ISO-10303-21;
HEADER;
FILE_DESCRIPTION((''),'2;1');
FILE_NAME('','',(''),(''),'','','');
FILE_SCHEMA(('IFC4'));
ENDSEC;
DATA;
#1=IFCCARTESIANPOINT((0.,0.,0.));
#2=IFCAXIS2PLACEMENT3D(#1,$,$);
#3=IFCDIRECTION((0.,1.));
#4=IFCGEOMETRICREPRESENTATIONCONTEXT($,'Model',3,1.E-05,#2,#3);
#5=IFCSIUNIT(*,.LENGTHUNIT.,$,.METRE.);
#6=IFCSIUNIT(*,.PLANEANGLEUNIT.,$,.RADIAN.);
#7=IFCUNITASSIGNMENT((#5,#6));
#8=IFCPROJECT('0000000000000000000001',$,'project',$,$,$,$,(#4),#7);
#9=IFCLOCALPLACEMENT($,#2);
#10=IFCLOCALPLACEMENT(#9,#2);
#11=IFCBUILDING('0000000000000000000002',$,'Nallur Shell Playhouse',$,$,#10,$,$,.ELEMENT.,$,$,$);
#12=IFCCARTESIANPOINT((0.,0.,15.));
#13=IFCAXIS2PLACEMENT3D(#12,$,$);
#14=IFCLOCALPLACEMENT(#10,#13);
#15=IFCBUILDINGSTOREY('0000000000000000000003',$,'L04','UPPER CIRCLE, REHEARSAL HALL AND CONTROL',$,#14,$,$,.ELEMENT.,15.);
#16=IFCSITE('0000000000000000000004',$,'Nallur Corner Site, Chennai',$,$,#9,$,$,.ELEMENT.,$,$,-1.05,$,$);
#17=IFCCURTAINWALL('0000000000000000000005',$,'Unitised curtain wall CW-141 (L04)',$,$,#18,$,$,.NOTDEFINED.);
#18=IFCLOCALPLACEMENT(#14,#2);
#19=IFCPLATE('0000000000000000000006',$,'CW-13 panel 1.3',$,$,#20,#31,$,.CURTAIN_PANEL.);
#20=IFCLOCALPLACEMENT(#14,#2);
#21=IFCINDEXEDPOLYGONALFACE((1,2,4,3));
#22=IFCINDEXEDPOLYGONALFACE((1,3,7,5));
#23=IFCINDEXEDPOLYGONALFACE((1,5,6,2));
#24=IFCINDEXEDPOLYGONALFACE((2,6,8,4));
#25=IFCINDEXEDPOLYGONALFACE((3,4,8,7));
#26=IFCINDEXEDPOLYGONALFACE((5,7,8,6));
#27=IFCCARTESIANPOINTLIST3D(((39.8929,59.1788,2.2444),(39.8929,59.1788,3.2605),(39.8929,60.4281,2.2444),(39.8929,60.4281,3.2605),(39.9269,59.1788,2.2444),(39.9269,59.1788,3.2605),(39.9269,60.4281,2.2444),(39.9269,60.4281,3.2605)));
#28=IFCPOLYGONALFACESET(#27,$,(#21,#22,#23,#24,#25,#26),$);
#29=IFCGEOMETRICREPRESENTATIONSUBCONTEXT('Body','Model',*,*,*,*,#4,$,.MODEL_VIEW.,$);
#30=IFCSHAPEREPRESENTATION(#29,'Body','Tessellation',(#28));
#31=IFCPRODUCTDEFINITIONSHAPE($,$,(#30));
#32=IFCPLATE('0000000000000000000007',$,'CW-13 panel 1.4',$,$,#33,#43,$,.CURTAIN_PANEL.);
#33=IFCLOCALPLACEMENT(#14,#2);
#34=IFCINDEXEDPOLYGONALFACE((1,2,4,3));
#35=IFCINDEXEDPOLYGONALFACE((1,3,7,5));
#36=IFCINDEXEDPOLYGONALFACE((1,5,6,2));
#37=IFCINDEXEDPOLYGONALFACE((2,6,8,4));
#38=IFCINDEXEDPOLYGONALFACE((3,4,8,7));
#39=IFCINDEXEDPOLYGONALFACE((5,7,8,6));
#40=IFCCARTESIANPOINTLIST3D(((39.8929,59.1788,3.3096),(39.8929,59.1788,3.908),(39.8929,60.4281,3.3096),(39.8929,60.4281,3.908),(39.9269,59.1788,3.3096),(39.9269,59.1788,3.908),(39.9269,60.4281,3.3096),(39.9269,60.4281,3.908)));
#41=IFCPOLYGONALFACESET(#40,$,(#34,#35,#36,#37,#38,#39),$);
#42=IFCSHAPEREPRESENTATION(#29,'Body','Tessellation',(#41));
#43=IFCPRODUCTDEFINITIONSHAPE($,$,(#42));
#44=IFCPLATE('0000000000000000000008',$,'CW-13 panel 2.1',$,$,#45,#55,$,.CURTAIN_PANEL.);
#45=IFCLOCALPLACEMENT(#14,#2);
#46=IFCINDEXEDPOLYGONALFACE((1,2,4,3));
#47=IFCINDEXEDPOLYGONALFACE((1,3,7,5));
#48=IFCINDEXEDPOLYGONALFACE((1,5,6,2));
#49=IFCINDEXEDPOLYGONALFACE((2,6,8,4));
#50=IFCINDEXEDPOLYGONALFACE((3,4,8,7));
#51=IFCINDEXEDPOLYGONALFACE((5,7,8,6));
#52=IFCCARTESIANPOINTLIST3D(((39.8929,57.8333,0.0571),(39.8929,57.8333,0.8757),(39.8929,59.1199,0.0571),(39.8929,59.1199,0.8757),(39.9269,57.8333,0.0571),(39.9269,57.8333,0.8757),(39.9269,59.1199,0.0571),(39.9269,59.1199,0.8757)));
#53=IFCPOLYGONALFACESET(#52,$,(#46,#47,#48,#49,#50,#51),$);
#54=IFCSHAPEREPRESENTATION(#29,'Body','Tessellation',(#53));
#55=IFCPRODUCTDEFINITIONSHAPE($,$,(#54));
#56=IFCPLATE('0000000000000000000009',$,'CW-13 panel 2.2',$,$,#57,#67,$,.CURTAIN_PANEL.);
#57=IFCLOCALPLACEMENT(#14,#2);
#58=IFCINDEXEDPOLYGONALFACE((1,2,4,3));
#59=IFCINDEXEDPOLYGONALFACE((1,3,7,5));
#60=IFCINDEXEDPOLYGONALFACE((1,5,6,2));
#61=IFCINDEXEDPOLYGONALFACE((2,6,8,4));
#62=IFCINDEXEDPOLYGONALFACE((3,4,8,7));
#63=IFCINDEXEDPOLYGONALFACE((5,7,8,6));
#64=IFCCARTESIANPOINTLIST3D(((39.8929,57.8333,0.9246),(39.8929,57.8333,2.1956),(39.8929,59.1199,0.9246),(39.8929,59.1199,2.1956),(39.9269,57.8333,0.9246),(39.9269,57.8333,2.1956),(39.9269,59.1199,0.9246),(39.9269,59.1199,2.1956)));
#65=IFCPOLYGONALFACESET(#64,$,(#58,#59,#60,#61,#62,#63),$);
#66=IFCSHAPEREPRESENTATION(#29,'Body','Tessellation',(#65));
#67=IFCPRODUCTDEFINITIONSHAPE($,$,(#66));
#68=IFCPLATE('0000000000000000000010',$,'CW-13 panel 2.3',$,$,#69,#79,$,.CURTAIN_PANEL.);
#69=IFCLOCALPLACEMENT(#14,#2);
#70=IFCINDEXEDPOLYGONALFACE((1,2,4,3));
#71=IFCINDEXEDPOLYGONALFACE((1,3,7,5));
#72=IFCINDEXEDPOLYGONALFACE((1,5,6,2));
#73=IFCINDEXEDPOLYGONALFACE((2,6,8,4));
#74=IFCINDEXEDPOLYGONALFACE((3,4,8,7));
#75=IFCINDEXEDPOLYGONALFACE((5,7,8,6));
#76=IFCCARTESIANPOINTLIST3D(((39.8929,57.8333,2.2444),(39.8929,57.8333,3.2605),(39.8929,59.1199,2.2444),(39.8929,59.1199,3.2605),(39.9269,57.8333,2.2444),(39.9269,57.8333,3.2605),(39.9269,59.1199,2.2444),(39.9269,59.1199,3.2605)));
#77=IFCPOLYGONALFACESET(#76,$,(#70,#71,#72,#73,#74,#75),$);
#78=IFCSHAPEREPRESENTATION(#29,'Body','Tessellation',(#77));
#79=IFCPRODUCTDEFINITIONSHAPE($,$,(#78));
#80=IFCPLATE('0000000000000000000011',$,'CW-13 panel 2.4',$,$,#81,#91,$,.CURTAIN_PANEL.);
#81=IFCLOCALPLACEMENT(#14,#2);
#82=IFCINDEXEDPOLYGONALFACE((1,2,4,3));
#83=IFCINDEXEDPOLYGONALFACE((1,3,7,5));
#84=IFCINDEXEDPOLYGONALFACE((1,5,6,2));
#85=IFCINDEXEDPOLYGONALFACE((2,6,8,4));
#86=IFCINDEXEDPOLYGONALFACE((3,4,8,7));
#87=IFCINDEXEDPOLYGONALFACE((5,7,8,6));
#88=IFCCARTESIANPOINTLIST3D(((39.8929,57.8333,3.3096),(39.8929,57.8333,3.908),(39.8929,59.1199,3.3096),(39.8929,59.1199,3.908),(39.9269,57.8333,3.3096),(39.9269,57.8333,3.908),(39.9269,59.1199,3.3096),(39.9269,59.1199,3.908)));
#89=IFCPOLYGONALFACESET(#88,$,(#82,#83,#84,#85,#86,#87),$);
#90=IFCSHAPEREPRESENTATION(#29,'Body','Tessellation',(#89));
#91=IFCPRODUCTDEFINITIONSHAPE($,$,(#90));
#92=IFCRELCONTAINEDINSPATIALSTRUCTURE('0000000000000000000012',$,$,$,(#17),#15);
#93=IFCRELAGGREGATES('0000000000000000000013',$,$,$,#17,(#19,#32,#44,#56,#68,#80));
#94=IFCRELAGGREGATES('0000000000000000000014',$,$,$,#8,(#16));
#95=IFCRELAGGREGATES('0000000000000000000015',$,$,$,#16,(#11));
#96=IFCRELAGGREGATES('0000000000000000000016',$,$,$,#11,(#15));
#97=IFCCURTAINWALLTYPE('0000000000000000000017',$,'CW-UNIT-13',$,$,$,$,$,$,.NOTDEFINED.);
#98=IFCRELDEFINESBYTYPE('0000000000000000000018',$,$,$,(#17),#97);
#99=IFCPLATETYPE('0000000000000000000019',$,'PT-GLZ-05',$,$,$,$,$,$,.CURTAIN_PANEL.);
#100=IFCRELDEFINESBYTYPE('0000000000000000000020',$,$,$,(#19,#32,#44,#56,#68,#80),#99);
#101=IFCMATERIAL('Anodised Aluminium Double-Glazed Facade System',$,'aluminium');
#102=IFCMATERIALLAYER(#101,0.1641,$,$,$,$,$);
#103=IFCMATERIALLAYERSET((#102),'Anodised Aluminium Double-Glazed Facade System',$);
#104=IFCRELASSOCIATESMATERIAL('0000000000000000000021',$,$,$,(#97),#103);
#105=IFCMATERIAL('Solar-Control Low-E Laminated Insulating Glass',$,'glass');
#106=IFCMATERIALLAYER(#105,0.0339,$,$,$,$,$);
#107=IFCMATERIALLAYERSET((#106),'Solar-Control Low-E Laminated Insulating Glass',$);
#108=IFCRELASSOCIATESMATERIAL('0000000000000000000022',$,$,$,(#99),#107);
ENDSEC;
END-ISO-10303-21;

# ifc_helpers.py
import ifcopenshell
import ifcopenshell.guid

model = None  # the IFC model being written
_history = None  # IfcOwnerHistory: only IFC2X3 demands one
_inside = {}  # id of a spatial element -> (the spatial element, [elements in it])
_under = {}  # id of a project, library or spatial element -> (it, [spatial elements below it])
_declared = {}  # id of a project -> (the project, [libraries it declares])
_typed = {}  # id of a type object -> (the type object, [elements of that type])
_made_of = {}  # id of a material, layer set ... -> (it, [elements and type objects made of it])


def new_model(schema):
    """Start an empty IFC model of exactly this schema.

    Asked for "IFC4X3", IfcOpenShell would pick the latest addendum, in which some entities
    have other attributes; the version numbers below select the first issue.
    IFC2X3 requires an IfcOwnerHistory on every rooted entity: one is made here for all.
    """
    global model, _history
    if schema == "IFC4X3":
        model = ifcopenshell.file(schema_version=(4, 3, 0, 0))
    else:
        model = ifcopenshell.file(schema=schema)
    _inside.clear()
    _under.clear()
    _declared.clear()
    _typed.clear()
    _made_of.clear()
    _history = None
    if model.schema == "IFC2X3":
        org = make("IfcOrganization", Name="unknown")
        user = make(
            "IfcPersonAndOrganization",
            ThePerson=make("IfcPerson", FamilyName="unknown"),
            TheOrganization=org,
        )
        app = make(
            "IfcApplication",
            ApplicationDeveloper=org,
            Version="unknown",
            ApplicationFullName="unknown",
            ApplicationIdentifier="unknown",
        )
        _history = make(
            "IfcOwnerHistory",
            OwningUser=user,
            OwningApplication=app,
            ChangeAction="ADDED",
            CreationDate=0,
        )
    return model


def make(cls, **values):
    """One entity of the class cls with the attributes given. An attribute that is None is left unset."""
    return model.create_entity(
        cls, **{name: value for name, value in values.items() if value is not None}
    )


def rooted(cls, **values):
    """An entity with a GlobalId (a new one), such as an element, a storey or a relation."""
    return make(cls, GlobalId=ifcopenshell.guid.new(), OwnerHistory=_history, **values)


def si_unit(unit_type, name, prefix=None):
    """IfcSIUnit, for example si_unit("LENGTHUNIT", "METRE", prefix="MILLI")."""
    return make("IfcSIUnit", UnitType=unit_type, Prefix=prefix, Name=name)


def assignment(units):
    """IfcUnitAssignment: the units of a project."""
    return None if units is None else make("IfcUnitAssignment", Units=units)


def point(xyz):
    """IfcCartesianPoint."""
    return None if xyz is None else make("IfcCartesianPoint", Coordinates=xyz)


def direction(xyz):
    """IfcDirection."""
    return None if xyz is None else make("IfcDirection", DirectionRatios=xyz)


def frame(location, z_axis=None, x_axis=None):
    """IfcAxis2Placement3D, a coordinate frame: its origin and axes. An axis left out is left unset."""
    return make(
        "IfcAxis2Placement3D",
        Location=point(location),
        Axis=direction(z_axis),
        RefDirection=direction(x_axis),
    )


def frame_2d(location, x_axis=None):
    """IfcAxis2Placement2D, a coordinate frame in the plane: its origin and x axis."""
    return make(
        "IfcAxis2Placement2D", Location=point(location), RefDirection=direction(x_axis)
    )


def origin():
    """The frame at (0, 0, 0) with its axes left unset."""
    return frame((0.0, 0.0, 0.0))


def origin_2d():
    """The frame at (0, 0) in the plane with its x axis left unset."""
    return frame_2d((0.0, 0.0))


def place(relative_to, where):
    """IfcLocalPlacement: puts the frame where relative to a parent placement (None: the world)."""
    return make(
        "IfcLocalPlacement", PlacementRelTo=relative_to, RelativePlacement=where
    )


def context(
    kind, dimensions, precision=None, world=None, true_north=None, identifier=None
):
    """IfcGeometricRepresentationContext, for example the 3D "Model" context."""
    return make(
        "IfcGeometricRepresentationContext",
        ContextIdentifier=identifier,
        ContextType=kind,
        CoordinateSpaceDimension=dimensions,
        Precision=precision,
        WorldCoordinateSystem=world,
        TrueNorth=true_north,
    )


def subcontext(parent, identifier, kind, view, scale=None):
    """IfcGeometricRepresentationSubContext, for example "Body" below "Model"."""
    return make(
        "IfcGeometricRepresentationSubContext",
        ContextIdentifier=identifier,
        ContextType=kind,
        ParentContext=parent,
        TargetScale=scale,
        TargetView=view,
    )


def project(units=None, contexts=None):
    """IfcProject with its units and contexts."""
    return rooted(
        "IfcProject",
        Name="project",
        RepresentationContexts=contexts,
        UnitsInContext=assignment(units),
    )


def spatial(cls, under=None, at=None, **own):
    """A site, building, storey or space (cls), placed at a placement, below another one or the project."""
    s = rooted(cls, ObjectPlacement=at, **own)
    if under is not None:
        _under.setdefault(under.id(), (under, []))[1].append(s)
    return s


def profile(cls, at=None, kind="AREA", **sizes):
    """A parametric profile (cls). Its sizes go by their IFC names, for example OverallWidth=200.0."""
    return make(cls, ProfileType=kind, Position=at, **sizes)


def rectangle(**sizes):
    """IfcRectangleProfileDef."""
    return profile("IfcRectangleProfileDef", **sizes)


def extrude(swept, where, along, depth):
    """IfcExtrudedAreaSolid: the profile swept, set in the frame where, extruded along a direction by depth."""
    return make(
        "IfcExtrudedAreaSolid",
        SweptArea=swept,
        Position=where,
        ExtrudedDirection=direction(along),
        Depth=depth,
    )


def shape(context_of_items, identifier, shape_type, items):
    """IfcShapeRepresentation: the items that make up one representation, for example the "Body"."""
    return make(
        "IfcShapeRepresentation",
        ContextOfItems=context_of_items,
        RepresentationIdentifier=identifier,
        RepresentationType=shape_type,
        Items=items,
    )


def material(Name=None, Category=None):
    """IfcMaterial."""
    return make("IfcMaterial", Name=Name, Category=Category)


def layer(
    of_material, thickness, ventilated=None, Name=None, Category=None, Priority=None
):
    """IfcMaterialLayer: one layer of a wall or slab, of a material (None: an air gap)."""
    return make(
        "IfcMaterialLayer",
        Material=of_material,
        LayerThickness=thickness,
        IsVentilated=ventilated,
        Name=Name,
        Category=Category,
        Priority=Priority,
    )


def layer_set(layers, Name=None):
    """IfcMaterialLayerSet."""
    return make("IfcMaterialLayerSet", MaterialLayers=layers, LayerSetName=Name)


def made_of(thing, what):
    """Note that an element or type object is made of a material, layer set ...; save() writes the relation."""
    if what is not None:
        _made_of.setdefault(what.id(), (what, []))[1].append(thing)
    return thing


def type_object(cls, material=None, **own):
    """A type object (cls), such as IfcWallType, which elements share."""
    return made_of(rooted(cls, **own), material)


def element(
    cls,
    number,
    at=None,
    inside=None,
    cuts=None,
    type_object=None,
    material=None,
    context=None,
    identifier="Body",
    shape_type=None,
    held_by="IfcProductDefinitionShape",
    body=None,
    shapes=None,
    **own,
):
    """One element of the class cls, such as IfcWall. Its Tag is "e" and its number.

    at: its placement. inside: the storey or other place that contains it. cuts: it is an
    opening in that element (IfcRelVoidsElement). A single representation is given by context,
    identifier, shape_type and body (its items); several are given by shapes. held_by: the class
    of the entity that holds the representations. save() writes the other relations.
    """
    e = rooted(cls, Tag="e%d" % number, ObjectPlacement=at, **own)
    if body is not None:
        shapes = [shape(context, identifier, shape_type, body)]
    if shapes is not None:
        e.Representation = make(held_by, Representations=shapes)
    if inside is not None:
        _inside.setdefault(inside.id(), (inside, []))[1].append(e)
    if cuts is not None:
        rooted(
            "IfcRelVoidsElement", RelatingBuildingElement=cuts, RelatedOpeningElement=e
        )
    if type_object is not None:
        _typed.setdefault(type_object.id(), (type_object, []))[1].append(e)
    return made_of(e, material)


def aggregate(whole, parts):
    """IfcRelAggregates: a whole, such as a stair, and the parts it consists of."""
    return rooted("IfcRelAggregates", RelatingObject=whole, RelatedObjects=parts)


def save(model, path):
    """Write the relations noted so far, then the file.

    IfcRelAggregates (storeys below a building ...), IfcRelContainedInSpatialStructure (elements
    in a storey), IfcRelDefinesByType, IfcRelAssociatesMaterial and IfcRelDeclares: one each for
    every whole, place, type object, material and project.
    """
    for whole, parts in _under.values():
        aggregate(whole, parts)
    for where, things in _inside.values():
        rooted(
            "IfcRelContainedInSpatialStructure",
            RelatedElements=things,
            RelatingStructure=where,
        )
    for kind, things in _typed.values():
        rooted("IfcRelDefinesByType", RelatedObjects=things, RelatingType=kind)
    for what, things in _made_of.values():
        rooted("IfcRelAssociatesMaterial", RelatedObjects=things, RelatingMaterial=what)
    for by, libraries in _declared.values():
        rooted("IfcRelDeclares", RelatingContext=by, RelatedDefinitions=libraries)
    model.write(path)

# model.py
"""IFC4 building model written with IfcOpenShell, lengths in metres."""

from ifc_helpers import new_model, si_unit, direction, frame, origin, origin_2d, place, context, subcontext, project, spatial, rectangle, extrude, material, layer, layer_set, type_object, element, aggregate, save


model = new_model("IFC4")

# Units and contexts
model_context = context("Model", 3, precision=1e-05, world=origin(), true_north=direction((0.0, 1.0)))
body_context = subcontext(model_context, "Body", "Model", "MODEL_VIEW")
ifc_project = project(units=[si_unit("LENGTHUNIT", "METRE"), si_unit("PLANEANGLEUNIT", "RADIAN")], contexts=[model_context])

# Site, building, storey
site_placement = place(None, origin())
site = spatial("IfcSite", under=ifc_project, at=site_placement, Name="Nallur Corner Site, Chennai", CompositionType="ELEMENT", RefElevation=-1.05)
building_placement = place(site_placement, origin())
building = spatial("IfcBuilding", under=site, at=building_placement, Name="Nallur Shell Playhouse", CompositionType="ELEMENT")
storey_placement = place(building_placement, frame((0.0, 0.0, 15.0)))
storey = spatial("IfcBuildingStorey", under=building, at=storey_placement, Name="L04", Description="UPPER CIRCLE, REHEARSAL HALL AND CONTROL", CompositionType="ELEMENT", Elevation=15.0)

# Curtain wall
ifc_material_1 = material(Name="Anodised Aluminium Double-Glazed Facade System", Category="aluminium")
ifc_layer_1 = layer(ifc_material_1, 0.1641)
ifc_layer_set_1 = layer_set([ifc_layer_1], Name="Anodised Aluminium Double-Glazed Facade System")
curtain_wall_type_1 = type_object("IfcCurtainWallType", Name="CW-UNIT-13", PredefinedType="NOTDEFINED", material=ifc_layer_set_1)
curtain_wall_1_placement = place(storey_placement, origin())
curtain_wall_1 = element("IfcCurtainWall", 1, at=curtain_wall_1_placement, inside=storey, type_object=curtain_wall_type_1, Name="Unitised curtain wall CW-141 (L04)", PredefinedType="NOTDEFINED")

# Plates
ifc_material_2 = material(Name="Solar-Control Low-E Laminated Insulating Glass", Category="glass")
ifc_layer_2 = layer(ifc_material_2, 0.0339)
ifc_layer_set_2 = layer_set([ifc_layer_2], Name="Solar-Control Low-E Laminated Insulating Glass")
plate_type_1 = type_object("IfcPlateType", Name="PT-GLZ-05", PredefinedType="CURTAIN_PANEL", material=ifc_layer_set_2)
plate_1_placement = place(storey_placement, frame((39.9099, 59.8035, 2.2444), z_axis=(0.0, 0.0, 1.0), x_axis=(0.0, -1.0, 0.0)))
plate_1 = element("IfcPlate", 2, at=plate_1_placement, type_object=plate_type_1, Name="CW-13 panel 1.3", PredefinedType="CURTAIN_PANEL", context=body_context, shape_type="SweptSolid", body=[
    extrude(rectangle(XDim=1.2493, YDim=0.0339, at=origin_2d()), origin(), (0.0, 0.0, 1.0), 1.0161),
])
plate_2_placement = place(storey_placement, frame((39.9099, 59.8035, 3.3096), z_axis=(0.0, 0.0, 1.0), x_axis=(0.0, -1.0, 0.0)))
plate_2 = element("IfcPlate", 3, at=plate_2_placement, type_object=plate_type_1, Name="CW-13 panel 1.4", PredefinedType="CURTAIN_PANEL", context=body_context, shape_type="SweptSolid", body=[
    extrude(rectangle(XDim=1.2493, YDim=0.0339, at=origin_2d()), origin(), (0.0, 0.0, 1.0), 0.5984),
])
plate_3_placement = place(storey_placement, frame((39.9099, 58.4766, 0.0571), z_axis=(0.0, 0.0, 1.0), x_axis=(0.0, -1.0, 0.0)))
plate_3 = element("IfcPlate", 4, at=plate_3_placement, type_object=plate_type_1, Name="CW-13 panel 2.1", PredefinedType="CURTAIN_PANEL", context=body_context, shape_type="SweptSolid", body=[
    extrude(rectangle(XDim=1.2866, YDim=0.0339, at=origin_2d()), origin(), (0.0, 0.0, 1.0), 0.8186),
])
plate_4_placement = place(storey_placement, frame((39.9099, 58.4766, 0.9246), z_axis=(0.0, 0.0, 1.0), x_axis=(0.0, -1.0, 0.0)))
plate_4 = element("IfcPlate", 5, at=plate_4_placement, type_object=plate_type_1, Name="CW-13 panel 2.2", PredefinedType="CURTAIN_PANEL", context=body_context, shape_type="SweptSolid", body=[
    extrude(rectangle(XDim=1.2866, YDim=0.0339, at=origin_2d()), origin(), (0.0, 0.0, 1.0), 1.271),
])
plate_5_placement = place(storey_placement, frame((39.9099, 58.4766, 2.2444), z_axis=(0.0, 0.0, 1.0), x_axis=(0.0, -1.0, 0.0)))
plate_5 = element("IfcPlate", 6, at=plate_5_placement, type_object=plate_type_1, Name="CW-13 panel 2.3", PredefinedType="CURTAIN_PANEL", context=body_context, shape_type="SweptSolid", body=[
    extrude(rectangle(XDim=1.2866, YDim=0.0339, at=origin_2d()), origin(), (0.0, 0.0, 1.0), 1.0161),
])
plate_6_placement = place(storey_placement, frame((39.9099, 58.4766, 3.3096), z_axis=(0.0, 0.0, 1.0), x_axis=(0.0, -1.0, 0.0)))
plate_6 = element("IfcPlate", 7, at=plate_6_placement, type_object=plate_type_1, Name="CW-13 panel 2.4", PredefinedType="CURTAIN_PANEL", context=body_context, shape_type="SweptSolid", body=[
    extrude(rectangle(XDim=1.2866, YDim=0.0339, at=origin_2d()), origin(), (0.0, 0.0, 1.0), 0.5984),
])
aggregate(curtain_wall_1, [plate_1, plate_2, plate_3, plate_4, plate_5, plate_6])

save(model, "model.ifc")
